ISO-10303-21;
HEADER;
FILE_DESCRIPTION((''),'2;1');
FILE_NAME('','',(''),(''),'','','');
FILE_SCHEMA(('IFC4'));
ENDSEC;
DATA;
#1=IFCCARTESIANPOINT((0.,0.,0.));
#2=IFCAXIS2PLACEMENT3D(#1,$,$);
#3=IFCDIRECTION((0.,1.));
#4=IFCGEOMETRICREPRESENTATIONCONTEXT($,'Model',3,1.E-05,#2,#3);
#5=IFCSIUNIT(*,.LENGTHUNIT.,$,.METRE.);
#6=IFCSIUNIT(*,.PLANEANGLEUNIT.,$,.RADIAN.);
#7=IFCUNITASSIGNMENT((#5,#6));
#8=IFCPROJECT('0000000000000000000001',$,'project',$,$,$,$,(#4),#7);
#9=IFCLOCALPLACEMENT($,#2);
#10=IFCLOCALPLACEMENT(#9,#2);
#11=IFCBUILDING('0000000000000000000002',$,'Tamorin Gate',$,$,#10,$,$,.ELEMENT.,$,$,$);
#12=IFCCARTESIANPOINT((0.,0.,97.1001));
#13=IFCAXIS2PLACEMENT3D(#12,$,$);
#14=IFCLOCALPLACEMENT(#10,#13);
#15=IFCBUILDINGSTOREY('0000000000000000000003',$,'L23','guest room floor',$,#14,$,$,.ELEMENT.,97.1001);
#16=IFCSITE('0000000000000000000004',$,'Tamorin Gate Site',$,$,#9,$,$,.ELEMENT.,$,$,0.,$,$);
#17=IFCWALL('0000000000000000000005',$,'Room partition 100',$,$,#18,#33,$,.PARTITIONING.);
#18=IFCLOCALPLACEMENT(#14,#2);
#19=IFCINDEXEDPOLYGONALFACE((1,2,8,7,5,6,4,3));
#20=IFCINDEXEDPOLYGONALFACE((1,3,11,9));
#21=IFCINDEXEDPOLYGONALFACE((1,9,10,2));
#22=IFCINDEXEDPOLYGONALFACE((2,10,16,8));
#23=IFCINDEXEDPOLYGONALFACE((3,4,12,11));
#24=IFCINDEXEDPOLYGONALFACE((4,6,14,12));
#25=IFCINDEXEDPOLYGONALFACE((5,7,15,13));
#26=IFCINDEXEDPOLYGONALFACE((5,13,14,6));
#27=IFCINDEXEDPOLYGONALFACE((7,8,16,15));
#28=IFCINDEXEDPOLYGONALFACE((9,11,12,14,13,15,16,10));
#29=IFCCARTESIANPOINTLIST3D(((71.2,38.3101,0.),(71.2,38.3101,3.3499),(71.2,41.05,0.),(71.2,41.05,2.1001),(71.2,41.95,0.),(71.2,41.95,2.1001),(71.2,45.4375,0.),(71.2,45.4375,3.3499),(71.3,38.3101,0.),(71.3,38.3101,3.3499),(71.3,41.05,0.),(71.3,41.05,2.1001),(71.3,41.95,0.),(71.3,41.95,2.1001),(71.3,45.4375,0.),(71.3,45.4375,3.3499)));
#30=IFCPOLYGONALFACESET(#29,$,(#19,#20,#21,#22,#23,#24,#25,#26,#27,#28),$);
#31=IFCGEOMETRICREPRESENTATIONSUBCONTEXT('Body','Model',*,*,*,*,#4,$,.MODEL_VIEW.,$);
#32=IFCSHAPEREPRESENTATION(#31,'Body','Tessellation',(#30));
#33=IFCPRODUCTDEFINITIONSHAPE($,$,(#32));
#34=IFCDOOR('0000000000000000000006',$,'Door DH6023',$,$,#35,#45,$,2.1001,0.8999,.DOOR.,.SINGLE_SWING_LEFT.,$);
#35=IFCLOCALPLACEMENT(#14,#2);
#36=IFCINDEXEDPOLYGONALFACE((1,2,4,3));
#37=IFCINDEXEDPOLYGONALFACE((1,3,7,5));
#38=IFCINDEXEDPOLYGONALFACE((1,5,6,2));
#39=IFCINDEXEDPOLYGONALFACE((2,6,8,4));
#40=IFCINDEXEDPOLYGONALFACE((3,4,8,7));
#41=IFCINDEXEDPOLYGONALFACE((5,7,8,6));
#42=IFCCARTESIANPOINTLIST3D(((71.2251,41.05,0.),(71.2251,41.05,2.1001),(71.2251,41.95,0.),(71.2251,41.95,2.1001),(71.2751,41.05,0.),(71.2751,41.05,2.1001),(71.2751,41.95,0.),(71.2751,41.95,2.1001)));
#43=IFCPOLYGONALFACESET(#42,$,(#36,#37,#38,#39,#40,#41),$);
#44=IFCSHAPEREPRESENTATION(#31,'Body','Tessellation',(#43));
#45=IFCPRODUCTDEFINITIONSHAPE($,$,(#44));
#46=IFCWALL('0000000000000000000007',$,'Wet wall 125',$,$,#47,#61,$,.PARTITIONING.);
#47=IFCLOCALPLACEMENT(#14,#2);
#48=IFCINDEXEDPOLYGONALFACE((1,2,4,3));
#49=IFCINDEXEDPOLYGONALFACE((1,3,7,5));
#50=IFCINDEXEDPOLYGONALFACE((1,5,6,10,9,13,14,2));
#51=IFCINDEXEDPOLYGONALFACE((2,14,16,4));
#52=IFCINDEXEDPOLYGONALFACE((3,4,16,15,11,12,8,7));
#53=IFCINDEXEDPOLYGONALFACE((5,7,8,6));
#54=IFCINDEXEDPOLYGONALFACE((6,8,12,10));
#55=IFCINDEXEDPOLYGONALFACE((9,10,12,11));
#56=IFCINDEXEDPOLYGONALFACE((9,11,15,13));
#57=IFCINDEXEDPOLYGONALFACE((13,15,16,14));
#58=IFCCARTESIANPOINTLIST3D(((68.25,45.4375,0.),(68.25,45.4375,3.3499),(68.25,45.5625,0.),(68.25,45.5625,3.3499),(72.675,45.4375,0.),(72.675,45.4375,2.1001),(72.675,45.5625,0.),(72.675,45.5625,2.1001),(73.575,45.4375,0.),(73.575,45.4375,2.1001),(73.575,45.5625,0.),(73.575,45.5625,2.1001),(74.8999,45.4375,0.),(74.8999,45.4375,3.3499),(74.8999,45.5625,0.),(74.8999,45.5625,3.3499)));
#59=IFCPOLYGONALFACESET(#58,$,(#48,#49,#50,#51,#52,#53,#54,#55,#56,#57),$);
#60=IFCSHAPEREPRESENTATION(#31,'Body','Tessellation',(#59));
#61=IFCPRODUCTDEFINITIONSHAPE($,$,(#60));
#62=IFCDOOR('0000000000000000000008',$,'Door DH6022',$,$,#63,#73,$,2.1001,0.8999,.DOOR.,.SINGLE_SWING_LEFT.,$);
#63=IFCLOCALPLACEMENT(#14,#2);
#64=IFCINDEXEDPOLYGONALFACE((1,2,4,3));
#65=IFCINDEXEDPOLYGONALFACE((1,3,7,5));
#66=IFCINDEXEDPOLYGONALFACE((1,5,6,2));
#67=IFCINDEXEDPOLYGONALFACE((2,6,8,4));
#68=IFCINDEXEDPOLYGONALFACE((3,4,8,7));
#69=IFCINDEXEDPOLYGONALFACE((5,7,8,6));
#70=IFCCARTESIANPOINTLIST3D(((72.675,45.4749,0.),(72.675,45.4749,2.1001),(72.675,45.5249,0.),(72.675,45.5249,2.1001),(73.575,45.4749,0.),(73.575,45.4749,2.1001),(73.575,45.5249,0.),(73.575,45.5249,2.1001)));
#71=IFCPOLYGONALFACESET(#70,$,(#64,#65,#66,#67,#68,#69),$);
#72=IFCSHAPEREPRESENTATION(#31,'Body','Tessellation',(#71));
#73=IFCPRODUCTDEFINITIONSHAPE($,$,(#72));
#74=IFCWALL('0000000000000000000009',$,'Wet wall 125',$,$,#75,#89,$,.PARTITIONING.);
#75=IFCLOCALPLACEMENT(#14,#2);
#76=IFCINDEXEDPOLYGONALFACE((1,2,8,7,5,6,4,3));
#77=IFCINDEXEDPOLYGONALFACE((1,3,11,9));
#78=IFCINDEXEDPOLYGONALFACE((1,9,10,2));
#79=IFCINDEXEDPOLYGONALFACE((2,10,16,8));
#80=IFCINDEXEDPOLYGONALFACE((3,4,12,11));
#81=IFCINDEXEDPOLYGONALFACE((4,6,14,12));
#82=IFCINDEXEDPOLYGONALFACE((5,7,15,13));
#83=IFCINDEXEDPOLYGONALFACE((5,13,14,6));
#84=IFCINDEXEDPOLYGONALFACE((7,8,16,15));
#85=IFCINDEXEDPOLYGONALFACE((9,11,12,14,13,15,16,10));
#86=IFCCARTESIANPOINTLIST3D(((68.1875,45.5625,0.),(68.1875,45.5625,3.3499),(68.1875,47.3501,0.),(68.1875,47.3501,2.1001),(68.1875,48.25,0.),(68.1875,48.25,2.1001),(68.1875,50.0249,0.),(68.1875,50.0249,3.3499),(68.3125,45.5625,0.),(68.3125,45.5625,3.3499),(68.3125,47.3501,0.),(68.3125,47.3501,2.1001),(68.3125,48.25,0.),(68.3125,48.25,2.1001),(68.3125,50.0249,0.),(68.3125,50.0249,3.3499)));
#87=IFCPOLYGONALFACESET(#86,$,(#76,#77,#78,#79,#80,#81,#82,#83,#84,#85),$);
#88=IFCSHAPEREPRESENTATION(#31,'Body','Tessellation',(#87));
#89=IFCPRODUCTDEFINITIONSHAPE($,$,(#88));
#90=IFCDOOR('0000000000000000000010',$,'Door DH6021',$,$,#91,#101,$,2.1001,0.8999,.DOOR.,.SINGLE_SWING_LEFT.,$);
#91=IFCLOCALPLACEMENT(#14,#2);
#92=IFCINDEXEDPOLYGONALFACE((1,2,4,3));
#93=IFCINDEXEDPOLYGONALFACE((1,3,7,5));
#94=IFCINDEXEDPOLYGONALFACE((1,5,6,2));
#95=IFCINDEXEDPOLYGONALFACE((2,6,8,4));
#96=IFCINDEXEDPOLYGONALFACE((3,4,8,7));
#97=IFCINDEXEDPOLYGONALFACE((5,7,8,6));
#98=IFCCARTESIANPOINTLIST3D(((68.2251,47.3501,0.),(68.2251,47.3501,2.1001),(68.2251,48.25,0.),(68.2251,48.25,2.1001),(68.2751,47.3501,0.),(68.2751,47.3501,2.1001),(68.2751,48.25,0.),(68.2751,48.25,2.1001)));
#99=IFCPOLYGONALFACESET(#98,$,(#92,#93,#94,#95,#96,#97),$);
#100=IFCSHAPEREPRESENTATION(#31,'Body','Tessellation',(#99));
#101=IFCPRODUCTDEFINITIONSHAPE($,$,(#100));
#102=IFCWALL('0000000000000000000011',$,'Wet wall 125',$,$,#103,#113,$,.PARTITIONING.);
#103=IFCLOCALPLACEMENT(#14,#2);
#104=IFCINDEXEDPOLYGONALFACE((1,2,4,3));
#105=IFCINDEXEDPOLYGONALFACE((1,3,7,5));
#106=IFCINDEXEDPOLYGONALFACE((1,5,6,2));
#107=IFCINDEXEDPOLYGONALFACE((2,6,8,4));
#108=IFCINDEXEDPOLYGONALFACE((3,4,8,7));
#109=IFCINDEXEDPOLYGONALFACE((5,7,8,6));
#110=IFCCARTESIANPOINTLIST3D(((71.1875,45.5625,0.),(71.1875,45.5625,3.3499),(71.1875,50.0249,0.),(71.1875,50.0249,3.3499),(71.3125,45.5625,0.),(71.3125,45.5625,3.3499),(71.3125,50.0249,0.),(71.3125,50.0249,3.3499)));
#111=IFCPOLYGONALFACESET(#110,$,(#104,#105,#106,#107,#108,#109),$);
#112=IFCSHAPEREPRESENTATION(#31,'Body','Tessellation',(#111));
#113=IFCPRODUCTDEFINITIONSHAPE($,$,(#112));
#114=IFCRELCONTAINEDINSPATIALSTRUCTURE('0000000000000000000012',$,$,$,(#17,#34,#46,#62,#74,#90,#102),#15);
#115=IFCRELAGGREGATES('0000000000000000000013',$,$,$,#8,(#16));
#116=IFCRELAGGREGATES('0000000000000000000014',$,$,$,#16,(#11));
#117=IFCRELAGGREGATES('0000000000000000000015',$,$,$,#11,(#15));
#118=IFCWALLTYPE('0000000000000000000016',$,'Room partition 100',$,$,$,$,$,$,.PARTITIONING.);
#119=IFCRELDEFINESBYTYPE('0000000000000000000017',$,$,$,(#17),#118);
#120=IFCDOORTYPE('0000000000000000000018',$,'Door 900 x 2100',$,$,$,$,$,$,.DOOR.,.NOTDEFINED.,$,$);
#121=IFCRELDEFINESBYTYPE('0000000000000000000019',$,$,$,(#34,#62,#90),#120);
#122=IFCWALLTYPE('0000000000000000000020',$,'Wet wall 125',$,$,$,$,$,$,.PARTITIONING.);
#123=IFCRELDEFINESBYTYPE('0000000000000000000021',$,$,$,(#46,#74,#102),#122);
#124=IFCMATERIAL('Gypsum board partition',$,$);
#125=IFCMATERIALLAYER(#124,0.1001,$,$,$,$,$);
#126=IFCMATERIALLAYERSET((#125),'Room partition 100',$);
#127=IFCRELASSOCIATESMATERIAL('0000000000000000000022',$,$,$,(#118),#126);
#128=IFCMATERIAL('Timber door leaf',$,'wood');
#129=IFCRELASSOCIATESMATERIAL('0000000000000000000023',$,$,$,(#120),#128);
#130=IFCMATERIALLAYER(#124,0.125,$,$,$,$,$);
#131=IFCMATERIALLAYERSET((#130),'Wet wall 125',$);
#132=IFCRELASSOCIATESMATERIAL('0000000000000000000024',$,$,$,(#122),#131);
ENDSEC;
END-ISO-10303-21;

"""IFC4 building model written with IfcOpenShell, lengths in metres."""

from ifc_helpers import new_model, si_unit, direction, frame, frame_2d, origin, place, context, subcontext, project, spatial, rectangle, extrude, material, layer, layer_set, type_object, element, fill, save


model = new_model("IFC4")

# Units and contexts
model_context = context("Model", 3, precision=1e-05, world=origin(), true_north=direction((0.0, 1.0)))
body_context = subcontext(model_context, "Body", "Model", "MODEL_VIEW")
ifc_project = project(units=[si_unit("LENGTHUNIT", "METRE"), si_unit("PLANEANGLEUNIT", "RADIAN")], contexts=[model_context])

# Site, building, storey
site_placement = place(None, origin())
site = spatial("IfcSite", under=ifc_project, at=site_placement, Name="Tamorin Gate Site", CompositionType="ELEMENT", RefElevation=0.0)
building_placement = place(site_placement, origin())
building = spatial("IfcBuilding", under=site, at=building_placement, Name="Tamorin Gate", CompositionType="ELEMENT")
storey_placement = place(building_placement, frame((0.0, 0.0, 97.1001)))
storey = spatial("IfcBuildingStorey", under=building, at=storey_placement, Name="L23", Description="guest room floor", CompositionType="ELEMENT", Elevation=97.1001)

# Shared definitions
ifc_material_1 = material(Name="Gypsum board partition")

# Walls, openings, doors
ifc_layer_1 = layer(ifc_material_1, 0.1001)
ifc_layer_set_1 = layer_set([ifc_layer_1], Name="Room partition 100")
wall_type_1 = type_object("IfcWallType", Name="Room partition 100", PredefinedType="PARTITIONING", material=ifc_layer_set_1)
ifc_material_2 = material(Name="Timber door leaf", Category="wood")
door_type = type_object("IfcDoorType", Name="Door 900 x 2100", OperationType="NOTDEFINED", PredefinedType="DOOR", material=ifc_material_2)
wall_1_placement = place(storey_placement, frame((71.25, 38.3101, 0.0), z_axis=(0.0, 0.0, 1.0), x_axis=(0.0, 1.0, 0.0)))
wall_1 = element("IfcWall", 1, at=wall_1_placement, inside=storey, type_object=wall_type_1, Name="Room partition 100", PredefinedType="PARTITIONING", context=body_context, shape_type="SweptSolid", body=[
    extrude(rectangle(XDim=7.1274, YDim=0.1001, at=frame_2d((3.5637, 0.0))), origin(), (0.0, 0.0, 1.0), 3.3499),
])
opening_1_placement = place(wall_1_placement, frame((2.74, 0.0, 0.0)))
opening_1 = element("IfcOpeningElement", 2, at=opening_1_placement, cuts=wall_1, PredefinedType="OPENING", context=body_context, shape_type="SweptSolid", body=[
    extrude(rectangle(XDim=0.8999, YDim=2.1001, at=frame_2d((0.45, 1.05))), frame((0.0, 0.0601, 0.0), z_axis=(0.0, -1.0, 0.0), x_axis=(1.0, 0.0, 0.0)), (0.0, 0.0, 1.0), 0.1201),
])
door_1_placement = place(opening_1_placement, origin())
door_1 = element("IfcDoor", 3, at=door_1_placement, inside=storey, type_object=door_type, Name="Door DH6023", OperationType="SINGLE_SWING_LEFT", OverallHeight=2.1001, OverallWidth=0.8999, PredefinedType="DOOR", context=body_context, shape_type="SweptSolid", body=[
    extrude(rectangle(XDim=0.8999, YDim=2.1001, at=frame_2d((0.45, 1.05))), frame((0.0, 0.0249, 0.0), z_axis=(0.0, -1.0, 0.0), x_axis=(1.0, 0.0, 0.0)), (0.0, 0.0, 1.0), 0.05),
])
fill(opening_1, door_1)
ifc_layer_2 = layer(ifc_material_1, 0.125)
ifc_layer_set_2 = layer_set([ifc_layer_2], Name="Wet wall 125")
wall_type_2 = type_object("IfcWallType", Name="Wet wall 125", PredefinedType="PARTITIONING", material=ifc_layer_set_2)
wall_2_placement = place(storey_placement, frame((68.25, 45.5, 0.0), z_axis=(0.0, 0.0, 1.0), x_axis=(1.0, 0.0, 0.0)))
wall_2 = element("IfcWall", 4, at=wall_2_placement, inside=storey, type_object=wall_type_2, Name="Wet wall 125", PredefinedType="PARTITIONING", context=body_context, shape_type="SweptSolid", body=[
    extrude(rectangle(XDim=6.6499, YDim=0.125, at=frame_2d((3.325, 0.0))), origin(), (0.0, 0.0, 1.0), 3.3499),
])
opening_2_placement = place(wall_2_placement, frame((4.425, 0.0, 0.0)))
opening_2 = element("IfcOpeningElement", 5, at=opening_2_placement, cuts=wall_2, PredefinedType="OPENING", context=body_context, shape_type="SweptSolid", body=[
    extrude(rectangle(XDim=0.8999, YDim=2.1001, at=frame_2d((0.45, 1.05))), frame((0.0, 0.0725, 0.0), z_axis=(0.0, -1.0, 0.0), x_axis=(1.0, 0.0, 0.0)), (0.0, 0.0, 1.0), 0.145),
])
door_2_placement = place(opening_2_placement, origin())
door_2 = element("IfcDoor", 6, at=door_2_placement, inside=storey, type_object=door_type, Name="Door DH6022", OperationType="SINGLE_SWING_LEFT", OverallHeight=2.1001, OverallWidth=0.8999, PredefinedType="DOOR", context=body_context, shape_type="SweptSolid", body=[
    extrude(rectangle(XDim=0.8999, YDim=2.1001, at=frame_2d((0.45, 1.05))), frame((0.0, 0.0249, 0.0), z_axis=(0.0, -1.0, 0.0), x_axis=(1.0, 0.0, 0.0)), (0.0, 0.0, 1.0), 0.05),
])
fill(opening_2, door_2)
wall_3_placement = place(storey_placement, frame((68.25, 45.5625, 0.0), z_axis=(0.0, 0.0, 1.0), x_axis=(0.0, 1.0, 0.0)))
wall_3 = element("IfcWall", 7, at=wall_3_placement, inside=storey, type_object=wall_type_2, Name="Wet wall 125", PredefinedType="PARTITIONING", context=body_context, shape_type="SweptSolid", body=[
    extrude(rectangle(XDim=4.4624, YDim=0.125, at=frame_2d((2.2312, 0.0))), origin(), (0.0, 0.0, 1.0), 3.3499),
])
opening_3_placement = place(wall_3_placement, frame((1.7876, 0.0, 0.0)))
opening_3 = element("IfcOpeningElement", 8, at=opening_3_placement, cuts=wall_3, PredefinedType="OPENING", context=body_context, shape_type="SweptSolid", body=[
    extrude(rectangle(XDim=0.8999, YDim=2.1001, at=frame_2d((0.45, 1.05))), frame((0.0, 0.0725, 0.0), z_axis=(0.0, -1.0, 0.0), x_axis=(1.0, 0.0, 0.0)), (0.0, 0.0, 1.0), 0.145),
])
door_3_placement = place(opening_3_placement, origin())
door_3 = element("IfcDoor", 9, at=door_3_placement, inside=storey, type_object=door_type, Name="Door DH6021", OperationType="SINGLE_SWING_LEFT", OverallHeight=2.1001, OverallWidth=0.8999, PredefinedType="DOOR", context=body_context, shape_type="SweptSolid", body=[
    extrude(rectangle(XDim=0.8999, YDim=2.1001, at=frame_2d((0.45, 1.05))), frame((0.0, 0.0249, 0.0), z_axis=(0.0, -1.0, 0.0), x_axis=(1.0, 0.0, 0.0)), (0.0, 0.0, 1.0), 0.05),
])
fill(opening_3, door_3)

# Wall
wall_4_placement = place(storey_placement, frame((71.25, 45.5625, 0.0), z_axis=(0.0, 0.0, 1.0), x_axis=(0.0, 1.0, 0.0)))
element("IfcWall", 10, at=wall_4_placement, inside=storey, type_object=wall_type_2, Name="Wet wall 125", PredefinedType="PARTITIONING", context=body_context, shape_type="SweptSolid", body=[
    extrude(rectangle(XDim=4.4624, YDim=0.125, at=frame_2d((2.2312, 0.0))), origin(), (0.0, 0.0, 1.0), 3.3499),
])

save(model, "model.ifc")
